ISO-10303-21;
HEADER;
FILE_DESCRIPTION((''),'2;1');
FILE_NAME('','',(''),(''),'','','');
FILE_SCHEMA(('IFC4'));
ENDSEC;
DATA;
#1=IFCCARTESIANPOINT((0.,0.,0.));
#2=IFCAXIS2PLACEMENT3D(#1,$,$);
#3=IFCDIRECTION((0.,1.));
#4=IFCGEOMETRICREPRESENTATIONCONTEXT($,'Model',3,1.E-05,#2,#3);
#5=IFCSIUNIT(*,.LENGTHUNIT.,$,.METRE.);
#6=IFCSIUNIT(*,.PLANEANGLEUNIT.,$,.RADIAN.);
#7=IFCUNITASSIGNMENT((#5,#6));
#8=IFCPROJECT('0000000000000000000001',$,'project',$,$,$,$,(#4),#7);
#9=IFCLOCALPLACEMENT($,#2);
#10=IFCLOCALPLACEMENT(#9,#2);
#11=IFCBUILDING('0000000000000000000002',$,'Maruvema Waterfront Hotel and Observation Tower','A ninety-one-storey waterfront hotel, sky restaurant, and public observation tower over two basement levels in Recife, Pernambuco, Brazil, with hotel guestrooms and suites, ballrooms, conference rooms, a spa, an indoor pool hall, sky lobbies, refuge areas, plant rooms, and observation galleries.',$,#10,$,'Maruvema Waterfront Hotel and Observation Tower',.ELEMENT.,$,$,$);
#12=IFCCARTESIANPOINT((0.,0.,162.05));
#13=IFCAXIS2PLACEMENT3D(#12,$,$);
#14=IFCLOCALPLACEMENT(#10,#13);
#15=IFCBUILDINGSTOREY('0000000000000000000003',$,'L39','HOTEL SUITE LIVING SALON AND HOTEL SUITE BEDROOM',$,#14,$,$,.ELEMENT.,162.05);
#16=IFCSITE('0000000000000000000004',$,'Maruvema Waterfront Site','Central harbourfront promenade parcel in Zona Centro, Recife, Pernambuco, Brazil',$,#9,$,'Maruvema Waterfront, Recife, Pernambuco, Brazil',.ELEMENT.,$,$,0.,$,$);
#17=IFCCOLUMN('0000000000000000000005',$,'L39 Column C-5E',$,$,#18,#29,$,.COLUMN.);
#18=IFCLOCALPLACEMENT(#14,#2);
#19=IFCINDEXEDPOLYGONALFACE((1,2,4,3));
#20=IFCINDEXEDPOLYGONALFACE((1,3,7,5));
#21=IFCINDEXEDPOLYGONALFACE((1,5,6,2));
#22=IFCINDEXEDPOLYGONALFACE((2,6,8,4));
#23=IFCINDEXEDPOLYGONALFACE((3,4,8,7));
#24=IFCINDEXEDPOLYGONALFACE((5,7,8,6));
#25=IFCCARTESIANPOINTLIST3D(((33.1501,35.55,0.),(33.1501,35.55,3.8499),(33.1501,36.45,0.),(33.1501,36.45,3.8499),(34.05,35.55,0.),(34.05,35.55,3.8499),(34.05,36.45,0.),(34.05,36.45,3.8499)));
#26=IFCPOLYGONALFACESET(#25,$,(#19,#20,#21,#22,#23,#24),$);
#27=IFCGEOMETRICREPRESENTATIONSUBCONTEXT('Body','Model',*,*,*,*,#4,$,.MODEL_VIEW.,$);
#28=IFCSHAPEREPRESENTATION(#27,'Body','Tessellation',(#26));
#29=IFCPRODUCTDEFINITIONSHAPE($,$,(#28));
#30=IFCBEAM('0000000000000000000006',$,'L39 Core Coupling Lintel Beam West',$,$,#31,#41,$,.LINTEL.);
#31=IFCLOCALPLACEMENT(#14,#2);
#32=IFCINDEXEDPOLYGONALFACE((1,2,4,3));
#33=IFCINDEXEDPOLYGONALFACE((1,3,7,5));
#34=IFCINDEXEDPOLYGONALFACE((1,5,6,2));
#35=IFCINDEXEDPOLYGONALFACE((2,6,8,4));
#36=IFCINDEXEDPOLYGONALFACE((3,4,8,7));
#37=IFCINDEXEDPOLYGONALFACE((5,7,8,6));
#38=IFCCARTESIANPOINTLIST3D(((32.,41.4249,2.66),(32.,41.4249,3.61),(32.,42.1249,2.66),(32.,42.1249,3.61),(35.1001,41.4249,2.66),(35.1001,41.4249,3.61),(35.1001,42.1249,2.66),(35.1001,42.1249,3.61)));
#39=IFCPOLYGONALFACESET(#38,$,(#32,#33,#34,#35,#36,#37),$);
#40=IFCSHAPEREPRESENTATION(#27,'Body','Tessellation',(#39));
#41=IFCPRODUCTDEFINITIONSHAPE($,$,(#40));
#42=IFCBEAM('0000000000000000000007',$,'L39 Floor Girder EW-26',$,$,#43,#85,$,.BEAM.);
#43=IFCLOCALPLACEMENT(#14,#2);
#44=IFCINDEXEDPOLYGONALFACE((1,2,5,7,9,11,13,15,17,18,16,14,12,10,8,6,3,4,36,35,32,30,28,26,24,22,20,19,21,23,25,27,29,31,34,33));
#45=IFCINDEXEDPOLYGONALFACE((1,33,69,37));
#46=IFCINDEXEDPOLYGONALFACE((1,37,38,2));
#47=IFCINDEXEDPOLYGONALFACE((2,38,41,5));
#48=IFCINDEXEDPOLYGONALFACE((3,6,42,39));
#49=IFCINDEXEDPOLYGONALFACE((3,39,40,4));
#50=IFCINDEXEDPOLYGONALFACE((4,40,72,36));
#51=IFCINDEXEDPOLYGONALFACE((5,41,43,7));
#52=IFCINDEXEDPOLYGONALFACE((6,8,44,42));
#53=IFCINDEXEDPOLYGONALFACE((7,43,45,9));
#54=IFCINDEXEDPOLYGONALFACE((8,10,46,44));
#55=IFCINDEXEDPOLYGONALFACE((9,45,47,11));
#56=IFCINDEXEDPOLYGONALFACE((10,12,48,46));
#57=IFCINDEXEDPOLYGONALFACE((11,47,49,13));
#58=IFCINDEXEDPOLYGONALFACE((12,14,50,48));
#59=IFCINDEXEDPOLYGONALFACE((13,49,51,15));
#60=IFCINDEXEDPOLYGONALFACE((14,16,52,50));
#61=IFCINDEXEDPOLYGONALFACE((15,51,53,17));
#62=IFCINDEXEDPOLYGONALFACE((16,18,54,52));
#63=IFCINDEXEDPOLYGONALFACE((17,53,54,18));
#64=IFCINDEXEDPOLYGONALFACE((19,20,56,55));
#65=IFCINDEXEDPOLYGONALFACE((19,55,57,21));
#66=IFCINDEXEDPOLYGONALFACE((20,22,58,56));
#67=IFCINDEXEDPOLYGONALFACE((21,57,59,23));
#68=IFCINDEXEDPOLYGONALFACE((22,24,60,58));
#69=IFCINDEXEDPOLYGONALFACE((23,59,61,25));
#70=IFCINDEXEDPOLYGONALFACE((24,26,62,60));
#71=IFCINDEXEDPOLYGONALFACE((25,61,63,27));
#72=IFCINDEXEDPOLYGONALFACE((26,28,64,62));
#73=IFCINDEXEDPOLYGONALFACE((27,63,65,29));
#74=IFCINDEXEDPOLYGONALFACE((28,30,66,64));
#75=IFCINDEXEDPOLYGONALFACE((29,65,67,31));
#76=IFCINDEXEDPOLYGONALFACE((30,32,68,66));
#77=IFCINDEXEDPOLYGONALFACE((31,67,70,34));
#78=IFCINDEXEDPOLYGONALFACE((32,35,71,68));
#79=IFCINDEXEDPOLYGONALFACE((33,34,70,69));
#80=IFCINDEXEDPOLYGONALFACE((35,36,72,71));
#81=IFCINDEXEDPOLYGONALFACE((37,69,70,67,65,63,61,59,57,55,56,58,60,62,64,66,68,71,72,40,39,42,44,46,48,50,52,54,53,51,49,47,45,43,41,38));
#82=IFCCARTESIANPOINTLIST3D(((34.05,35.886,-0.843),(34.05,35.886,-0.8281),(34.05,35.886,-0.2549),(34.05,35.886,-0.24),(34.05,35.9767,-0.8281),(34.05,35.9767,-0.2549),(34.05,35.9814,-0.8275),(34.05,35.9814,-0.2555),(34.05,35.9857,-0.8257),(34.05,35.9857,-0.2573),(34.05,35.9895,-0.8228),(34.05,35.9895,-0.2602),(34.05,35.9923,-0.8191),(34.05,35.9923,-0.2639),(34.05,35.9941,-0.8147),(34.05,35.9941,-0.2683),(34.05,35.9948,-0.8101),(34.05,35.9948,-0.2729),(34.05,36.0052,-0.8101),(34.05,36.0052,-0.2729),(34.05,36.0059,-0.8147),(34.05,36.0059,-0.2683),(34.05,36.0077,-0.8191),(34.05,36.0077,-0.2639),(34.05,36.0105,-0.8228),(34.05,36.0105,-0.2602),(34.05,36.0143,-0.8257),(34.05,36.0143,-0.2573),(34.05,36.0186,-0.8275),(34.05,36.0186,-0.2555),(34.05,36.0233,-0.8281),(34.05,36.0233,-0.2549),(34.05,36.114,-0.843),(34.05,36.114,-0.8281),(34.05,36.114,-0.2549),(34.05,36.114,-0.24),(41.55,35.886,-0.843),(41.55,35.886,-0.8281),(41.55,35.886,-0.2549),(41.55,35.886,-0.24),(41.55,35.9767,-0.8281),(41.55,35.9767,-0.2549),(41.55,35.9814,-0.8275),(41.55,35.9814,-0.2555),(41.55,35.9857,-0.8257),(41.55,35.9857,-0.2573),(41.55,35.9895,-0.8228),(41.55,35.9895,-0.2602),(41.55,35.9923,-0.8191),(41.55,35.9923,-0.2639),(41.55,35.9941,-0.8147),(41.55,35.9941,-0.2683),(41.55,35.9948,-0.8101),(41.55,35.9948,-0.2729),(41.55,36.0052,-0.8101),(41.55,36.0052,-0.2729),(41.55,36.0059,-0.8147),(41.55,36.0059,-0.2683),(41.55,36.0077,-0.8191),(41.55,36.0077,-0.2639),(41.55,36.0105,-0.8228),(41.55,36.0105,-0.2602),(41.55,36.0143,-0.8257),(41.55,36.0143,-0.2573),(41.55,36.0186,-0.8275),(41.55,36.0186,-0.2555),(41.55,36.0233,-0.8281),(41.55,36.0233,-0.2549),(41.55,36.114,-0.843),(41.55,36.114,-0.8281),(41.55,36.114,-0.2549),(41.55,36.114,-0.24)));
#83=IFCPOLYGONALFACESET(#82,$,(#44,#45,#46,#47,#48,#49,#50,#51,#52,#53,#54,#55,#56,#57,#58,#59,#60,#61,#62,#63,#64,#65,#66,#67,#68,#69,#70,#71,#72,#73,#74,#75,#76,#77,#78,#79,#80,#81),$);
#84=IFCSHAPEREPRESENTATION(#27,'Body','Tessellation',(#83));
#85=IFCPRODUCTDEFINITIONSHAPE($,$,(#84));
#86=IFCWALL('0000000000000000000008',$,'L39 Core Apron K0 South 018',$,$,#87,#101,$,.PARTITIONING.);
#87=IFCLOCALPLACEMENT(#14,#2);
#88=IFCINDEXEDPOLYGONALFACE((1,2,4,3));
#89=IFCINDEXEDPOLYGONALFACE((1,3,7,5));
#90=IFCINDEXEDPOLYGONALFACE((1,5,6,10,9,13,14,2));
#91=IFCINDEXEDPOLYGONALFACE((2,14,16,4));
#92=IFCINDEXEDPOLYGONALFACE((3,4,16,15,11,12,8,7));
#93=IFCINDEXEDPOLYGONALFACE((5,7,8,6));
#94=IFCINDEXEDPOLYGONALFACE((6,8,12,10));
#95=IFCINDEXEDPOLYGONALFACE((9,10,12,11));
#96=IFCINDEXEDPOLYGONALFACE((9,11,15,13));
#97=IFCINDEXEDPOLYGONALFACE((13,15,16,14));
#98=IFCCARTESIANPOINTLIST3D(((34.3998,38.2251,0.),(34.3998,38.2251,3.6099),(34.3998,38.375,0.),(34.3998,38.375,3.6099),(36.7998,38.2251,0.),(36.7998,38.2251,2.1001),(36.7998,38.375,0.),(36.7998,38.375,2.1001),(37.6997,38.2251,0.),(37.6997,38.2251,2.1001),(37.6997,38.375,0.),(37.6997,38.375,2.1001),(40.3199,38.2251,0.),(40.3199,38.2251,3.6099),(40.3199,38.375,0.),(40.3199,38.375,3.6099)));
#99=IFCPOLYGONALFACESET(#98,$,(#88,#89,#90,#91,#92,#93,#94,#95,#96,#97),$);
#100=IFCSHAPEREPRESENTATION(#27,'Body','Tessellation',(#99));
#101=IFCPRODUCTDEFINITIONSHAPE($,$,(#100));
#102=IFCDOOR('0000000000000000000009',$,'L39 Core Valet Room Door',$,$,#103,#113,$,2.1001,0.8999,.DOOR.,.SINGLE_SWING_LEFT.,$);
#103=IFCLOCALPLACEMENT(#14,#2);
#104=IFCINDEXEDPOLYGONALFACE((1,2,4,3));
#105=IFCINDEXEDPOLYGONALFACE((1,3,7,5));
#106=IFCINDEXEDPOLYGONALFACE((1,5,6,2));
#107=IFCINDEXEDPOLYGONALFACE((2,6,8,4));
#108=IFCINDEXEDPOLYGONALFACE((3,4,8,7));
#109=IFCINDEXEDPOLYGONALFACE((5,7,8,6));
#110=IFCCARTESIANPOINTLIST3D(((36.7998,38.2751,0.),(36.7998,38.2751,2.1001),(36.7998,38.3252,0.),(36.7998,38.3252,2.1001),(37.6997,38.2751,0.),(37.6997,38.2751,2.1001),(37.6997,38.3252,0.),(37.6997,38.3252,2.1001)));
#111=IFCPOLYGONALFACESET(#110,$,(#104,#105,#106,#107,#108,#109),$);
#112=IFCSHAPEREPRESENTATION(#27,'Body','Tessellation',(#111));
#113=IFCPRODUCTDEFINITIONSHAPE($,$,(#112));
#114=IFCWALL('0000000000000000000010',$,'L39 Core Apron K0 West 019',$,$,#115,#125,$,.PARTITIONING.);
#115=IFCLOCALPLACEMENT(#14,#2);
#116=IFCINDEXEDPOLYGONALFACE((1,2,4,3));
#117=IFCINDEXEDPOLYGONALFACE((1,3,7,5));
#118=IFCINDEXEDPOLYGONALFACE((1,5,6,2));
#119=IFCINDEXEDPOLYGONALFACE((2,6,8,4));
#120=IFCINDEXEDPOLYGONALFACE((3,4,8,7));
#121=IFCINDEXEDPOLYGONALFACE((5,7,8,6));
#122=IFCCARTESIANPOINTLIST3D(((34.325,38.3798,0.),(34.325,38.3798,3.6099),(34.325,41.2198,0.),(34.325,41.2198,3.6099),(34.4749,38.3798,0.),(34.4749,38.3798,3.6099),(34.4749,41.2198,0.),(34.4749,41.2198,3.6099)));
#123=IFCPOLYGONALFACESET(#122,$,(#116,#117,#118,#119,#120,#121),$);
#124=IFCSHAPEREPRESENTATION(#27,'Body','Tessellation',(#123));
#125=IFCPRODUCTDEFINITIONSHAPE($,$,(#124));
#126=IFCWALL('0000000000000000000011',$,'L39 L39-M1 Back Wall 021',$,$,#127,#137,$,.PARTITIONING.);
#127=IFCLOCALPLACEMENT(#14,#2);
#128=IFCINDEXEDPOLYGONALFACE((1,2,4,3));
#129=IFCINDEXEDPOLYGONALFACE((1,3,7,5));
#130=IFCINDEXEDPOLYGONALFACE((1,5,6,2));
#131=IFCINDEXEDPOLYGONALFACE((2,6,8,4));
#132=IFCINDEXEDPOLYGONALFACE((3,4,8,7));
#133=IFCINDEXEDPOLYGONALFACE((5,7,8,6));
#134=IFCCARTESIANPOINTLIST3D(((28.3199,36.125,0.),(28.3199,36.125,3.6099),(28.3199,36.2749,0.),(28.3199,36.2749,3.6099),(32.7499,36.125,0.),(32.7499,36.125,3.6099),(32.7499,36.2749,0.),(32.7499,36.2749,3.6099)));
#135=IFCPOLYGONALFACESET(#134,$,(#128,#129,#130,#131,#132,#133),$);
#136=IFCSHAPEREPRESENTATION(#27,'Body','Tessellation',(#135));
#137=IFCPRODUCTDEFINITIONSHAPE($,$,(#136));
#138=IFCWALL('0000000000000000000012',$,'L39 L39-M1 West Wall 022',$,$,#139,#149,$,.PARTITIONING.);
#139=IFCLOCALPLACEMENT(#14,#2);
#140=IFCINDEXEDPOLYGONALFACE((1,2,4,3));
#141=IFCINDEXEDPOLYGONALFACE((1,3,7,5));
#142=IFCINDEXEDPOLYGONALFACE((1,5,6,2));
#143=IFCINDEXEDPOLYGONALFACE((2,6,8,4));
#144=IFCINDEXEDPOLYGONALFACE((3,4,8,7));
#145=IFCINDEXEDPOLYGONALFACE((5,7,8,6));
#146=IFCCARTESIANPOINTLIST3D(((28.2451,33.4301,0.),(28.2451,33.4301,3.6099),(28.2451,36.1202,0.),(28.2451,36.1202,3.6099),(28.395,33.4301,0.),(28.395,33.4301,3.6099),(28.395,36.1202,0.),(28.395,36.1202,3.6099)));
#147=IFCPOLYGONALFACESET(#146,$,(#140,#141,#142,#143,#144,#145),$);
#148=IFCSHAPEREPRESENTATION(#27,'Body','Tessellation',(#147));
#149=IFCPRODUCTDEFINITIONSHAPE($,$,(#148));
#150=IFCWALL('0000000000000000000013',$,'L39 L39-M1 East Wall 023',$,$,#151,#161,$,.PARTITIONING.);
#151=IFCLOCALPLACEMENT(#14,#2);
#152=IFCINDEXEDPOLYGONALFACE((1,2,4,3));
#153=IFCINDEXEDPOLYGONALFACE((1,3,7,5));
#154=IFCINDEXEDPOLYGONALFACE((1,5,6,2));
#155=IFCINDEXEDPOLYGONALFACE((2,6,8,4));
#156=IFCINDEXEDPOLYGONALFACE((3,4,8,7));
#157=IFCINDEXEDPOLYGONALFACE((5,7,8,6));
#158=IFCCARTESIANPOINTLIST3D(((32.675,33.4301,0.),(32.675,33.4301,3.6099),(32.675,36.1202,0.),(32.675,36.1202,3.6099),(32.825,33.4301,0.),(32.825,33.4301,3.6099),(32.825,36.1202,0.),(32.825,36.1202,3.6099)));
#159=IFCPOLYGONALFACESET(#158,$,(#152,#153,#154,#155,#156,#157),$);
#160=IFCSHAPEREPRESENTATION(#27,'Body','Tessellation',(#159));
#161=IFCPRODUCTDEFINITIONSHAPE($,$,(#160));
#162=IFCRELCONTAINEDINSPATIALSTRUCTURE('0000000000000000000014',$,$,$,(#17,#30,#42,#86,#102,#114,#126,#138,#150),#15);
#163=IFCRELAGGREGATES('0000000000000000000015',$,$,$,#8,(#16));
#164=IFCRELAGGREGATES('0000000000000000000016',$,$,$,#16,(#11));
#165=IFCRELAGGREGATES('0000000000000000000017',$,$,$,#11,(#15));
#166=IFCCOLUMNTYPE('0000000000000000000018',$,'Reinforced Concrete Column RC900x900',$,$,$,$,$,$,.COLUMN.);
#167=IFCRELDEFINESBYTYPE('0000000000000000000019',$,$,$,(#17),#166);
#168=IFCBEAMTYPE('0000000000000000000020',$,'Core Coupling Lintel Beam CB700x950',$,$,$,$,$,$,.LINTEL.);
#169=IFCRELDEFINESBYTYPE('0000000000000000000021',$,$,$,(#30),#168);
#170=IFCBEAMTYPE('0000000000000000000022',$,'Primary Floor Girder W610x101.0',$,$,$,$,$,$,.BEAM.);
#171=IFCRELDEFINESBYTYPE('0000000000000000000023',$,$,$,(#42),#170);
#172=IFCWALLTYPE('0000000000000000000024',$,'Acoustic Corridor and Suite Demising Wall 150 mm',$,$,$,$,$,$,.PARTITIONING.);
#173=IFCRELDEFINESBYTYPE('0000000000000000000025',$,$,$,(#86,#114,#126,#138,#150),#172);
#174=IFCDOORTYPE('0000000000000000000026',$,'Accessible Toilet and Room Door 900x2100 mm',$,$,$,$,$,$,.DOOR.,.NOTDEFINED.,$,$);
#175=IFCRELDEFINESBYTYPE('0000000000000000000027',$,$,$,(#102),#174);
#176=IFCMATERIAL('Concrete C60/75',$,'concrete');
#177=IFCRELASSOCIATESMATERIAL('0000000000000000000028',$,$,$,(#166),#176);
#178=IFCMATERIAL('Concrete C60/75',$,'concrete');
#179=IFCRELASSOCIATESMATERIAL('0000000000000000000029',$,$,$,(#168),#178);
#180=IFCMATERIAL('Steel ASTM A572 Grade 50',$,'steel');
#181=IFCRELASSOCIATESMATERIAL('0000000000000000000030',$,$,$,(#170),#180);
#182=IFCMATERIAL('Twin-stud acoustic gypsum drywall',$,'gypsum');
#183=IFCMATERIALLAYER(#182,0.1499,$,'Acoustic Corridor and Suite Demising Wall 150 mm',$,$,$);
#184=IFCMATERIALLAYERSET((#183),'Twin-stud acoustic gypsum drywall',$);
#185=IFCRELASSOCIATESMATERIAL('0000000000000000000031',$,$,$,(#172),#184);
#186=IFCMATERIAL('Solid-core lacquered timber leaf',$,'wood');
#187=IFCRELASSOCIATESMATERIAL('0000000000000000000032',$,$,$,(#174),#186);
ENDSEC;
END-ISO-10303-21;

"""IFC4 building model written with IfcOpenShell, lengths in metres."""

from ifc_helpers import new_model, si_unit, direction, frame, frame_2d, origin, origin_2d, place, context, subcontext, project, spatial, rectangle, i_section, extrude, material, layer, layer_set, material_profile, profile_set, type_object, element, fill, save


model = new_model("IFC4")

# Units and contexts
model_context = context("Model", 3, precision=1e-05, world=origin(), true_north=direction((0.0, 1.0)))
body_context = subcontext(model_context, "Body", "Model", "MODEL_VIEW")
ifc_project = project(units=[si_unit("LENGTHUNIT", "METRE"), si_unit("PLANEANGLEUNIT", "RADIAN")], contexts=[model_context])

# Site, building, storey
site_placement = place(None, origin())
site = spatial("IfcSite", under=ifc_project, at=site_placement, Name="Maruvema Waterfront Site", Description="Central harbourfront promenade parcel in Zona Centro, Recife, Pernambuco, Brazil", LongName="Maruvema Waterfront, Recife, Pernambuco, Brazil", CompositionType="ELEMENT", RefElevation=0.0)
building_placement = place(site_placement, origin())
building = spatial("IfcBuilding", under=site, at=building_placement, Name="Maruvema Waterfront Hotel and Observation Tower", Description="A ninety-one-storey waterfront hotel, sky restaurant, and public observation tower over two basement levels in Recife, Pernambuco, Brazil, with hotel guestrooms and suites, ballrooms, conference rooms, a spa, an indoor pool hall, sky lobbies, refuge areas, plant rooms, and observation galleries.", LongName="Maruvema Waterfront Hotel and Observation Tower", CompositionType="ELEMENT")
storey_placement = place(building_placement, frame((0.0, 0.0, 162.05)))
storey = spatial("IfcBuildingStorey", under=building, at=storey_placement, Name="L39", Description="HOTEL SUITE LIVING SALON AND HOTEL SUITE BEDROOM", CompositionType="ELEMENT", Elevation=162.05)

# Column
ifc_material_1 = material(Name="Concrete C60/75", Category="concrete")
ifc_material_profile_1 = material_profile(ifc_material_1, rectangle(XDim=0.8999, YDim=0.8999, at=origin_2d()), Name="RC900x900")
ifc_profile_set_1 = profile_set([ifc_material_profile_1], Name="Concrete C60/75")
column_type = type_object("IfcColumnType", Name="Reinforced Concrete Column RC900x900", PredefinedType="COLUMN", material=ifc_profile_set_1)
column_placement = place(storey_placement, frame((33.6001, 36.0, 0.0), z_axis=(0.0, 0.0, 1.0), x_axis=(1.0, 0.0, 0.0)))
element("IfcColumn", 1, at=column_placement, inside=storey, type_object=column_type, Name="L39 Column C-5E", PredefinedType="COLUMN", context=body_context, shape_type="SweptSolid", body=[
    extrude(rectangle(XDim=0.8999, YDim=0.8999, at=origin_2d()), origin(), (0.0, 0.0, 1.0), 3.8499),
])

# Beams
ifc_material_2 = material(Name="Concrete C60/75", Category="concrete")
ifc_material_profile_2 = material_profile(ifc_material_2, rectangle(XDim=0.7, YDim=0.95, at=origin_2d()), Name="CB700x950")
ifc_profile_set_2 = profile_set([ifc_material_profile_2], Name="Concrete C60/75")
beam_type_1 = type_object("IfcBeamType", Name="Core Coupling Lintel Beam CB700x950", PredefinedType="LINTEL", material=ifc_profile_set_2)
beam_1_placement = place(storey_placement, frame((32.0, 41.7749, 3.135), z_axis=(1.0, 0.0, 0.0), x_axis=(0.0, 1.0, 0.0)))
element("IfcBeam", 2, at=beam_1_placement, inside=storey, type_object=beam_type_1, Name="L39 Core Coupling Lintel Beam West", PredefinedType="LINTEL", context=body_context, shape_type="SweptSolid", body=[
    extrude(rectangle(XDim=0.7, YDim=0.95, at=origin_2d()), origin(), (0.0, 0.0, 1.0), 3.1001),
])
ifc_material_3 = material(Name="Steel ASTM A572 Grade 50", Category="steel")
ifc_material_profile_3 = material_profile(ifc_material_3, i_section(OverallWidth=0.228, OverallDepth=0.603, WebThickness=0.0105, FlangeThickness=0.0149, FilletRadius=0.0181, at=origin_2d()), Name="W610x101.0")
ifc_profile_set_3 = profile_set([ifc_material_profile_3], Name="Steel ASTM A572 Grade 50")
beam_type_2 = type_object("IfcBeamType", Name="Primary Floor Girder W610x101.0", PredefinedType="BEAM", material=ifc_profile_set_3)
beam_2_placement = place(storey_placement, frame((34.05, 36.0, -0.5415), z_axis=(1.0, 0.0, 0.0), x_axis=(0.0, 1.0, 0.0)))
element("IfcBeam", 3, at=beam_2_placement, inside=storey, type_object=beam_type_2, Name="L39 Floor Girder EW-26", PredefinedType="BEAM", context=body_context, shape_type="SweptSolid", body=[
    extrude(i_section(OverallWidth=0.228, OverallDepth=0.603, WebThickness=0.0105, FlangeThickness=0.0149, FilletRadius=0.0181, at=origin_2d()), origin(), (0.0, 0.0, 1.0), 7.5),
])

# Wall, opening, door
ifc_material_4 = material(Name="Twin-stud acoustic gypsum drywall", Category="gypsum")
ifc_layer_1 = layer(ifc_material_4, 0.1499, Name="Acoustic Corridor and Suite Demising Wall 150 mm")
ifc_layer_set_1 = layer_set([ifc_layer_1], Name="Twin-stud acoustic gypsum drywall")
wall_type_1 = type_object("IfcWallType", Name="Acoustic Corridor and Suite Demising Wall 150 mm", PredefinedType="PARTITIONING", material=ifc_layer_set_1)
wall_1_placement = place(storey_placement, frame((34.3999, 38.3, 0.0), z_axis=(0.0, 0.0, 1.0), x_axis=(1.0, 0.0, 0.0)))
wall_1 = element("IfcWall", 4, at=wall_1_placement, inside=storey, type_object=wall_type_1, Name="L39 Core Apron K0 South 018", PredefinedType="PARTITIONING", context=body_context, shape_type="SweptSolid", body=[
    extrude(rectangle(XDim=5.9202, YDim=0.1499, at=frame_2d((2.96, 0.0))), origin(), (0.0, 0.0, 1.0), 3.6099),
])
opening_1_placement = place(wall_1_placement, frame((2.3999, 0.0, 0.0)))
opening_1 = element("IfcOpeningElement", 5, at=opening_1_placement, cuts=wall_1, PredefinedType="OPENING", context=body_context, shape_type="SweptSolid", body=[
    extrude(rectangle(XDim=0.8999, YDim=2.1001, at=frame_2d((0.45, 1.05))), frame((0.0, 0.085, 0.0), z_axis=(0.0, -1.0, 0.0), x_axis=(1.0, 0.0, 0.0)), (0.0, 0.0, 1.0), 0.1699),
])
ifc_material_5 = material(Name="Solid-core lacquered timber leaf", Category="wood")
door_type_1 = type_object("IfcDoorType", Name="Accessible Toilet and Room Door 900x2100 mm", OperationType="NOTDEFINED", PredefinedType="DOOR", material=ifc_material_5)
door_1_placement = place(opening_1_placement, frame((0.8999, 0.0, 0.0), z_axis=(0.0, 0.0, 1.0), x_axis=(-1.0, 0.0, 0.0)))
door_1 = element("IfcDoor", 6, at=door_1_placement, inside=storey, type_object=door_type_1, Name="L39 Core Valet Room Door", OperationType="SINGLE_SWING_LEFT", OverallHeight=2.1001, OverallWidth=0.8999, PredefinedType="DOOR", context=body_context, shape_type="SweptSolid", body=[
    extrude(rectangle(XDim=0.8999, YDim=2.1001, at=frame_2d((0.45, 1.05))), frame((0.0, 0.0249, 0.0), z_axis=(0.0, -1.0, 0.0), x_axis=(1.0, 0.0, 0.0)), (0.0, 0.0, 1.0), 0.05),
])
fill(opening_1, door_1)

# Walls
wall_2_placement = place(storey_placement, frame((34.3999, 38.3799, 0.0), z_axis=(0.0, 0.0, 1.0), x_axis=(0.0, 1.0, 0.0)))
element("IfcWall", 7, at=wall_2_placement, inside=storey, type_object=wall_type_1, Name="L39 Core Apron K0 West 019", PredefinedType="PARTITIONING", context=body_context, shape_type="SweptSolid", body=[
    extrude(rectangle(XDim=2.8401, YDim=0.1499, at=frame_2d((1.4199, 0.0))), origin(), (0.0, 0.0, 1.0), 3.6099),
])
wall_3_placement = place(storey_placement, frame((28.3201, 36.2, 0.0), z_axis=(0.0, 0.0, 1.0), x_axis=(1.0, 0.0, 0.0)))
element("IfcWall", 8, at=wall_3_placement, inside=storey, type_object=wall_type_1, Name="L39 L39-M1 Back Wall 021", PredefinedType="PARTITIONING", context=body_context, shape_type="SweptSolid", body=[
    extrude(rectangle(XDim=4.4299, YDim=0.1499, at=frame_2d((2.2148, 0.0))), origin(), (0.0, 0.0, 1.0), 3.6099),
])
for number, where, z_axis, x_axis, name in (
    (9, (28.3201, 33.4299, 0.0), (0.0, 0.0, 1.0), (0.0, 1.0, 0.0), "L39 L39-M1 West Wall 022"),
    (10, (32.75, 33.4299, 0.0), (0.0, 0.0, 1.0), (0.0, 1.0, 0.0), "L39 L39-M1 East Wall 023"),
):
    element("IfcWall", number, at=place(storey_placement, frame(where, z_axis=z_axis, x_axis=x_axis)), inside=storey, type_object=wall_type_1, Name=name, PredefinedType="PARTITIONING", context=body_context, shape_type="SweptSolid", body=[
        extrude(rectangle(XDim=2.6902, YDim=0.1499, at=frame_2d((1.3452, 0.0))), origin(), (0.0, 0.0, 1.0), 3.6099),
    ])

save(model, "model.ifc")
